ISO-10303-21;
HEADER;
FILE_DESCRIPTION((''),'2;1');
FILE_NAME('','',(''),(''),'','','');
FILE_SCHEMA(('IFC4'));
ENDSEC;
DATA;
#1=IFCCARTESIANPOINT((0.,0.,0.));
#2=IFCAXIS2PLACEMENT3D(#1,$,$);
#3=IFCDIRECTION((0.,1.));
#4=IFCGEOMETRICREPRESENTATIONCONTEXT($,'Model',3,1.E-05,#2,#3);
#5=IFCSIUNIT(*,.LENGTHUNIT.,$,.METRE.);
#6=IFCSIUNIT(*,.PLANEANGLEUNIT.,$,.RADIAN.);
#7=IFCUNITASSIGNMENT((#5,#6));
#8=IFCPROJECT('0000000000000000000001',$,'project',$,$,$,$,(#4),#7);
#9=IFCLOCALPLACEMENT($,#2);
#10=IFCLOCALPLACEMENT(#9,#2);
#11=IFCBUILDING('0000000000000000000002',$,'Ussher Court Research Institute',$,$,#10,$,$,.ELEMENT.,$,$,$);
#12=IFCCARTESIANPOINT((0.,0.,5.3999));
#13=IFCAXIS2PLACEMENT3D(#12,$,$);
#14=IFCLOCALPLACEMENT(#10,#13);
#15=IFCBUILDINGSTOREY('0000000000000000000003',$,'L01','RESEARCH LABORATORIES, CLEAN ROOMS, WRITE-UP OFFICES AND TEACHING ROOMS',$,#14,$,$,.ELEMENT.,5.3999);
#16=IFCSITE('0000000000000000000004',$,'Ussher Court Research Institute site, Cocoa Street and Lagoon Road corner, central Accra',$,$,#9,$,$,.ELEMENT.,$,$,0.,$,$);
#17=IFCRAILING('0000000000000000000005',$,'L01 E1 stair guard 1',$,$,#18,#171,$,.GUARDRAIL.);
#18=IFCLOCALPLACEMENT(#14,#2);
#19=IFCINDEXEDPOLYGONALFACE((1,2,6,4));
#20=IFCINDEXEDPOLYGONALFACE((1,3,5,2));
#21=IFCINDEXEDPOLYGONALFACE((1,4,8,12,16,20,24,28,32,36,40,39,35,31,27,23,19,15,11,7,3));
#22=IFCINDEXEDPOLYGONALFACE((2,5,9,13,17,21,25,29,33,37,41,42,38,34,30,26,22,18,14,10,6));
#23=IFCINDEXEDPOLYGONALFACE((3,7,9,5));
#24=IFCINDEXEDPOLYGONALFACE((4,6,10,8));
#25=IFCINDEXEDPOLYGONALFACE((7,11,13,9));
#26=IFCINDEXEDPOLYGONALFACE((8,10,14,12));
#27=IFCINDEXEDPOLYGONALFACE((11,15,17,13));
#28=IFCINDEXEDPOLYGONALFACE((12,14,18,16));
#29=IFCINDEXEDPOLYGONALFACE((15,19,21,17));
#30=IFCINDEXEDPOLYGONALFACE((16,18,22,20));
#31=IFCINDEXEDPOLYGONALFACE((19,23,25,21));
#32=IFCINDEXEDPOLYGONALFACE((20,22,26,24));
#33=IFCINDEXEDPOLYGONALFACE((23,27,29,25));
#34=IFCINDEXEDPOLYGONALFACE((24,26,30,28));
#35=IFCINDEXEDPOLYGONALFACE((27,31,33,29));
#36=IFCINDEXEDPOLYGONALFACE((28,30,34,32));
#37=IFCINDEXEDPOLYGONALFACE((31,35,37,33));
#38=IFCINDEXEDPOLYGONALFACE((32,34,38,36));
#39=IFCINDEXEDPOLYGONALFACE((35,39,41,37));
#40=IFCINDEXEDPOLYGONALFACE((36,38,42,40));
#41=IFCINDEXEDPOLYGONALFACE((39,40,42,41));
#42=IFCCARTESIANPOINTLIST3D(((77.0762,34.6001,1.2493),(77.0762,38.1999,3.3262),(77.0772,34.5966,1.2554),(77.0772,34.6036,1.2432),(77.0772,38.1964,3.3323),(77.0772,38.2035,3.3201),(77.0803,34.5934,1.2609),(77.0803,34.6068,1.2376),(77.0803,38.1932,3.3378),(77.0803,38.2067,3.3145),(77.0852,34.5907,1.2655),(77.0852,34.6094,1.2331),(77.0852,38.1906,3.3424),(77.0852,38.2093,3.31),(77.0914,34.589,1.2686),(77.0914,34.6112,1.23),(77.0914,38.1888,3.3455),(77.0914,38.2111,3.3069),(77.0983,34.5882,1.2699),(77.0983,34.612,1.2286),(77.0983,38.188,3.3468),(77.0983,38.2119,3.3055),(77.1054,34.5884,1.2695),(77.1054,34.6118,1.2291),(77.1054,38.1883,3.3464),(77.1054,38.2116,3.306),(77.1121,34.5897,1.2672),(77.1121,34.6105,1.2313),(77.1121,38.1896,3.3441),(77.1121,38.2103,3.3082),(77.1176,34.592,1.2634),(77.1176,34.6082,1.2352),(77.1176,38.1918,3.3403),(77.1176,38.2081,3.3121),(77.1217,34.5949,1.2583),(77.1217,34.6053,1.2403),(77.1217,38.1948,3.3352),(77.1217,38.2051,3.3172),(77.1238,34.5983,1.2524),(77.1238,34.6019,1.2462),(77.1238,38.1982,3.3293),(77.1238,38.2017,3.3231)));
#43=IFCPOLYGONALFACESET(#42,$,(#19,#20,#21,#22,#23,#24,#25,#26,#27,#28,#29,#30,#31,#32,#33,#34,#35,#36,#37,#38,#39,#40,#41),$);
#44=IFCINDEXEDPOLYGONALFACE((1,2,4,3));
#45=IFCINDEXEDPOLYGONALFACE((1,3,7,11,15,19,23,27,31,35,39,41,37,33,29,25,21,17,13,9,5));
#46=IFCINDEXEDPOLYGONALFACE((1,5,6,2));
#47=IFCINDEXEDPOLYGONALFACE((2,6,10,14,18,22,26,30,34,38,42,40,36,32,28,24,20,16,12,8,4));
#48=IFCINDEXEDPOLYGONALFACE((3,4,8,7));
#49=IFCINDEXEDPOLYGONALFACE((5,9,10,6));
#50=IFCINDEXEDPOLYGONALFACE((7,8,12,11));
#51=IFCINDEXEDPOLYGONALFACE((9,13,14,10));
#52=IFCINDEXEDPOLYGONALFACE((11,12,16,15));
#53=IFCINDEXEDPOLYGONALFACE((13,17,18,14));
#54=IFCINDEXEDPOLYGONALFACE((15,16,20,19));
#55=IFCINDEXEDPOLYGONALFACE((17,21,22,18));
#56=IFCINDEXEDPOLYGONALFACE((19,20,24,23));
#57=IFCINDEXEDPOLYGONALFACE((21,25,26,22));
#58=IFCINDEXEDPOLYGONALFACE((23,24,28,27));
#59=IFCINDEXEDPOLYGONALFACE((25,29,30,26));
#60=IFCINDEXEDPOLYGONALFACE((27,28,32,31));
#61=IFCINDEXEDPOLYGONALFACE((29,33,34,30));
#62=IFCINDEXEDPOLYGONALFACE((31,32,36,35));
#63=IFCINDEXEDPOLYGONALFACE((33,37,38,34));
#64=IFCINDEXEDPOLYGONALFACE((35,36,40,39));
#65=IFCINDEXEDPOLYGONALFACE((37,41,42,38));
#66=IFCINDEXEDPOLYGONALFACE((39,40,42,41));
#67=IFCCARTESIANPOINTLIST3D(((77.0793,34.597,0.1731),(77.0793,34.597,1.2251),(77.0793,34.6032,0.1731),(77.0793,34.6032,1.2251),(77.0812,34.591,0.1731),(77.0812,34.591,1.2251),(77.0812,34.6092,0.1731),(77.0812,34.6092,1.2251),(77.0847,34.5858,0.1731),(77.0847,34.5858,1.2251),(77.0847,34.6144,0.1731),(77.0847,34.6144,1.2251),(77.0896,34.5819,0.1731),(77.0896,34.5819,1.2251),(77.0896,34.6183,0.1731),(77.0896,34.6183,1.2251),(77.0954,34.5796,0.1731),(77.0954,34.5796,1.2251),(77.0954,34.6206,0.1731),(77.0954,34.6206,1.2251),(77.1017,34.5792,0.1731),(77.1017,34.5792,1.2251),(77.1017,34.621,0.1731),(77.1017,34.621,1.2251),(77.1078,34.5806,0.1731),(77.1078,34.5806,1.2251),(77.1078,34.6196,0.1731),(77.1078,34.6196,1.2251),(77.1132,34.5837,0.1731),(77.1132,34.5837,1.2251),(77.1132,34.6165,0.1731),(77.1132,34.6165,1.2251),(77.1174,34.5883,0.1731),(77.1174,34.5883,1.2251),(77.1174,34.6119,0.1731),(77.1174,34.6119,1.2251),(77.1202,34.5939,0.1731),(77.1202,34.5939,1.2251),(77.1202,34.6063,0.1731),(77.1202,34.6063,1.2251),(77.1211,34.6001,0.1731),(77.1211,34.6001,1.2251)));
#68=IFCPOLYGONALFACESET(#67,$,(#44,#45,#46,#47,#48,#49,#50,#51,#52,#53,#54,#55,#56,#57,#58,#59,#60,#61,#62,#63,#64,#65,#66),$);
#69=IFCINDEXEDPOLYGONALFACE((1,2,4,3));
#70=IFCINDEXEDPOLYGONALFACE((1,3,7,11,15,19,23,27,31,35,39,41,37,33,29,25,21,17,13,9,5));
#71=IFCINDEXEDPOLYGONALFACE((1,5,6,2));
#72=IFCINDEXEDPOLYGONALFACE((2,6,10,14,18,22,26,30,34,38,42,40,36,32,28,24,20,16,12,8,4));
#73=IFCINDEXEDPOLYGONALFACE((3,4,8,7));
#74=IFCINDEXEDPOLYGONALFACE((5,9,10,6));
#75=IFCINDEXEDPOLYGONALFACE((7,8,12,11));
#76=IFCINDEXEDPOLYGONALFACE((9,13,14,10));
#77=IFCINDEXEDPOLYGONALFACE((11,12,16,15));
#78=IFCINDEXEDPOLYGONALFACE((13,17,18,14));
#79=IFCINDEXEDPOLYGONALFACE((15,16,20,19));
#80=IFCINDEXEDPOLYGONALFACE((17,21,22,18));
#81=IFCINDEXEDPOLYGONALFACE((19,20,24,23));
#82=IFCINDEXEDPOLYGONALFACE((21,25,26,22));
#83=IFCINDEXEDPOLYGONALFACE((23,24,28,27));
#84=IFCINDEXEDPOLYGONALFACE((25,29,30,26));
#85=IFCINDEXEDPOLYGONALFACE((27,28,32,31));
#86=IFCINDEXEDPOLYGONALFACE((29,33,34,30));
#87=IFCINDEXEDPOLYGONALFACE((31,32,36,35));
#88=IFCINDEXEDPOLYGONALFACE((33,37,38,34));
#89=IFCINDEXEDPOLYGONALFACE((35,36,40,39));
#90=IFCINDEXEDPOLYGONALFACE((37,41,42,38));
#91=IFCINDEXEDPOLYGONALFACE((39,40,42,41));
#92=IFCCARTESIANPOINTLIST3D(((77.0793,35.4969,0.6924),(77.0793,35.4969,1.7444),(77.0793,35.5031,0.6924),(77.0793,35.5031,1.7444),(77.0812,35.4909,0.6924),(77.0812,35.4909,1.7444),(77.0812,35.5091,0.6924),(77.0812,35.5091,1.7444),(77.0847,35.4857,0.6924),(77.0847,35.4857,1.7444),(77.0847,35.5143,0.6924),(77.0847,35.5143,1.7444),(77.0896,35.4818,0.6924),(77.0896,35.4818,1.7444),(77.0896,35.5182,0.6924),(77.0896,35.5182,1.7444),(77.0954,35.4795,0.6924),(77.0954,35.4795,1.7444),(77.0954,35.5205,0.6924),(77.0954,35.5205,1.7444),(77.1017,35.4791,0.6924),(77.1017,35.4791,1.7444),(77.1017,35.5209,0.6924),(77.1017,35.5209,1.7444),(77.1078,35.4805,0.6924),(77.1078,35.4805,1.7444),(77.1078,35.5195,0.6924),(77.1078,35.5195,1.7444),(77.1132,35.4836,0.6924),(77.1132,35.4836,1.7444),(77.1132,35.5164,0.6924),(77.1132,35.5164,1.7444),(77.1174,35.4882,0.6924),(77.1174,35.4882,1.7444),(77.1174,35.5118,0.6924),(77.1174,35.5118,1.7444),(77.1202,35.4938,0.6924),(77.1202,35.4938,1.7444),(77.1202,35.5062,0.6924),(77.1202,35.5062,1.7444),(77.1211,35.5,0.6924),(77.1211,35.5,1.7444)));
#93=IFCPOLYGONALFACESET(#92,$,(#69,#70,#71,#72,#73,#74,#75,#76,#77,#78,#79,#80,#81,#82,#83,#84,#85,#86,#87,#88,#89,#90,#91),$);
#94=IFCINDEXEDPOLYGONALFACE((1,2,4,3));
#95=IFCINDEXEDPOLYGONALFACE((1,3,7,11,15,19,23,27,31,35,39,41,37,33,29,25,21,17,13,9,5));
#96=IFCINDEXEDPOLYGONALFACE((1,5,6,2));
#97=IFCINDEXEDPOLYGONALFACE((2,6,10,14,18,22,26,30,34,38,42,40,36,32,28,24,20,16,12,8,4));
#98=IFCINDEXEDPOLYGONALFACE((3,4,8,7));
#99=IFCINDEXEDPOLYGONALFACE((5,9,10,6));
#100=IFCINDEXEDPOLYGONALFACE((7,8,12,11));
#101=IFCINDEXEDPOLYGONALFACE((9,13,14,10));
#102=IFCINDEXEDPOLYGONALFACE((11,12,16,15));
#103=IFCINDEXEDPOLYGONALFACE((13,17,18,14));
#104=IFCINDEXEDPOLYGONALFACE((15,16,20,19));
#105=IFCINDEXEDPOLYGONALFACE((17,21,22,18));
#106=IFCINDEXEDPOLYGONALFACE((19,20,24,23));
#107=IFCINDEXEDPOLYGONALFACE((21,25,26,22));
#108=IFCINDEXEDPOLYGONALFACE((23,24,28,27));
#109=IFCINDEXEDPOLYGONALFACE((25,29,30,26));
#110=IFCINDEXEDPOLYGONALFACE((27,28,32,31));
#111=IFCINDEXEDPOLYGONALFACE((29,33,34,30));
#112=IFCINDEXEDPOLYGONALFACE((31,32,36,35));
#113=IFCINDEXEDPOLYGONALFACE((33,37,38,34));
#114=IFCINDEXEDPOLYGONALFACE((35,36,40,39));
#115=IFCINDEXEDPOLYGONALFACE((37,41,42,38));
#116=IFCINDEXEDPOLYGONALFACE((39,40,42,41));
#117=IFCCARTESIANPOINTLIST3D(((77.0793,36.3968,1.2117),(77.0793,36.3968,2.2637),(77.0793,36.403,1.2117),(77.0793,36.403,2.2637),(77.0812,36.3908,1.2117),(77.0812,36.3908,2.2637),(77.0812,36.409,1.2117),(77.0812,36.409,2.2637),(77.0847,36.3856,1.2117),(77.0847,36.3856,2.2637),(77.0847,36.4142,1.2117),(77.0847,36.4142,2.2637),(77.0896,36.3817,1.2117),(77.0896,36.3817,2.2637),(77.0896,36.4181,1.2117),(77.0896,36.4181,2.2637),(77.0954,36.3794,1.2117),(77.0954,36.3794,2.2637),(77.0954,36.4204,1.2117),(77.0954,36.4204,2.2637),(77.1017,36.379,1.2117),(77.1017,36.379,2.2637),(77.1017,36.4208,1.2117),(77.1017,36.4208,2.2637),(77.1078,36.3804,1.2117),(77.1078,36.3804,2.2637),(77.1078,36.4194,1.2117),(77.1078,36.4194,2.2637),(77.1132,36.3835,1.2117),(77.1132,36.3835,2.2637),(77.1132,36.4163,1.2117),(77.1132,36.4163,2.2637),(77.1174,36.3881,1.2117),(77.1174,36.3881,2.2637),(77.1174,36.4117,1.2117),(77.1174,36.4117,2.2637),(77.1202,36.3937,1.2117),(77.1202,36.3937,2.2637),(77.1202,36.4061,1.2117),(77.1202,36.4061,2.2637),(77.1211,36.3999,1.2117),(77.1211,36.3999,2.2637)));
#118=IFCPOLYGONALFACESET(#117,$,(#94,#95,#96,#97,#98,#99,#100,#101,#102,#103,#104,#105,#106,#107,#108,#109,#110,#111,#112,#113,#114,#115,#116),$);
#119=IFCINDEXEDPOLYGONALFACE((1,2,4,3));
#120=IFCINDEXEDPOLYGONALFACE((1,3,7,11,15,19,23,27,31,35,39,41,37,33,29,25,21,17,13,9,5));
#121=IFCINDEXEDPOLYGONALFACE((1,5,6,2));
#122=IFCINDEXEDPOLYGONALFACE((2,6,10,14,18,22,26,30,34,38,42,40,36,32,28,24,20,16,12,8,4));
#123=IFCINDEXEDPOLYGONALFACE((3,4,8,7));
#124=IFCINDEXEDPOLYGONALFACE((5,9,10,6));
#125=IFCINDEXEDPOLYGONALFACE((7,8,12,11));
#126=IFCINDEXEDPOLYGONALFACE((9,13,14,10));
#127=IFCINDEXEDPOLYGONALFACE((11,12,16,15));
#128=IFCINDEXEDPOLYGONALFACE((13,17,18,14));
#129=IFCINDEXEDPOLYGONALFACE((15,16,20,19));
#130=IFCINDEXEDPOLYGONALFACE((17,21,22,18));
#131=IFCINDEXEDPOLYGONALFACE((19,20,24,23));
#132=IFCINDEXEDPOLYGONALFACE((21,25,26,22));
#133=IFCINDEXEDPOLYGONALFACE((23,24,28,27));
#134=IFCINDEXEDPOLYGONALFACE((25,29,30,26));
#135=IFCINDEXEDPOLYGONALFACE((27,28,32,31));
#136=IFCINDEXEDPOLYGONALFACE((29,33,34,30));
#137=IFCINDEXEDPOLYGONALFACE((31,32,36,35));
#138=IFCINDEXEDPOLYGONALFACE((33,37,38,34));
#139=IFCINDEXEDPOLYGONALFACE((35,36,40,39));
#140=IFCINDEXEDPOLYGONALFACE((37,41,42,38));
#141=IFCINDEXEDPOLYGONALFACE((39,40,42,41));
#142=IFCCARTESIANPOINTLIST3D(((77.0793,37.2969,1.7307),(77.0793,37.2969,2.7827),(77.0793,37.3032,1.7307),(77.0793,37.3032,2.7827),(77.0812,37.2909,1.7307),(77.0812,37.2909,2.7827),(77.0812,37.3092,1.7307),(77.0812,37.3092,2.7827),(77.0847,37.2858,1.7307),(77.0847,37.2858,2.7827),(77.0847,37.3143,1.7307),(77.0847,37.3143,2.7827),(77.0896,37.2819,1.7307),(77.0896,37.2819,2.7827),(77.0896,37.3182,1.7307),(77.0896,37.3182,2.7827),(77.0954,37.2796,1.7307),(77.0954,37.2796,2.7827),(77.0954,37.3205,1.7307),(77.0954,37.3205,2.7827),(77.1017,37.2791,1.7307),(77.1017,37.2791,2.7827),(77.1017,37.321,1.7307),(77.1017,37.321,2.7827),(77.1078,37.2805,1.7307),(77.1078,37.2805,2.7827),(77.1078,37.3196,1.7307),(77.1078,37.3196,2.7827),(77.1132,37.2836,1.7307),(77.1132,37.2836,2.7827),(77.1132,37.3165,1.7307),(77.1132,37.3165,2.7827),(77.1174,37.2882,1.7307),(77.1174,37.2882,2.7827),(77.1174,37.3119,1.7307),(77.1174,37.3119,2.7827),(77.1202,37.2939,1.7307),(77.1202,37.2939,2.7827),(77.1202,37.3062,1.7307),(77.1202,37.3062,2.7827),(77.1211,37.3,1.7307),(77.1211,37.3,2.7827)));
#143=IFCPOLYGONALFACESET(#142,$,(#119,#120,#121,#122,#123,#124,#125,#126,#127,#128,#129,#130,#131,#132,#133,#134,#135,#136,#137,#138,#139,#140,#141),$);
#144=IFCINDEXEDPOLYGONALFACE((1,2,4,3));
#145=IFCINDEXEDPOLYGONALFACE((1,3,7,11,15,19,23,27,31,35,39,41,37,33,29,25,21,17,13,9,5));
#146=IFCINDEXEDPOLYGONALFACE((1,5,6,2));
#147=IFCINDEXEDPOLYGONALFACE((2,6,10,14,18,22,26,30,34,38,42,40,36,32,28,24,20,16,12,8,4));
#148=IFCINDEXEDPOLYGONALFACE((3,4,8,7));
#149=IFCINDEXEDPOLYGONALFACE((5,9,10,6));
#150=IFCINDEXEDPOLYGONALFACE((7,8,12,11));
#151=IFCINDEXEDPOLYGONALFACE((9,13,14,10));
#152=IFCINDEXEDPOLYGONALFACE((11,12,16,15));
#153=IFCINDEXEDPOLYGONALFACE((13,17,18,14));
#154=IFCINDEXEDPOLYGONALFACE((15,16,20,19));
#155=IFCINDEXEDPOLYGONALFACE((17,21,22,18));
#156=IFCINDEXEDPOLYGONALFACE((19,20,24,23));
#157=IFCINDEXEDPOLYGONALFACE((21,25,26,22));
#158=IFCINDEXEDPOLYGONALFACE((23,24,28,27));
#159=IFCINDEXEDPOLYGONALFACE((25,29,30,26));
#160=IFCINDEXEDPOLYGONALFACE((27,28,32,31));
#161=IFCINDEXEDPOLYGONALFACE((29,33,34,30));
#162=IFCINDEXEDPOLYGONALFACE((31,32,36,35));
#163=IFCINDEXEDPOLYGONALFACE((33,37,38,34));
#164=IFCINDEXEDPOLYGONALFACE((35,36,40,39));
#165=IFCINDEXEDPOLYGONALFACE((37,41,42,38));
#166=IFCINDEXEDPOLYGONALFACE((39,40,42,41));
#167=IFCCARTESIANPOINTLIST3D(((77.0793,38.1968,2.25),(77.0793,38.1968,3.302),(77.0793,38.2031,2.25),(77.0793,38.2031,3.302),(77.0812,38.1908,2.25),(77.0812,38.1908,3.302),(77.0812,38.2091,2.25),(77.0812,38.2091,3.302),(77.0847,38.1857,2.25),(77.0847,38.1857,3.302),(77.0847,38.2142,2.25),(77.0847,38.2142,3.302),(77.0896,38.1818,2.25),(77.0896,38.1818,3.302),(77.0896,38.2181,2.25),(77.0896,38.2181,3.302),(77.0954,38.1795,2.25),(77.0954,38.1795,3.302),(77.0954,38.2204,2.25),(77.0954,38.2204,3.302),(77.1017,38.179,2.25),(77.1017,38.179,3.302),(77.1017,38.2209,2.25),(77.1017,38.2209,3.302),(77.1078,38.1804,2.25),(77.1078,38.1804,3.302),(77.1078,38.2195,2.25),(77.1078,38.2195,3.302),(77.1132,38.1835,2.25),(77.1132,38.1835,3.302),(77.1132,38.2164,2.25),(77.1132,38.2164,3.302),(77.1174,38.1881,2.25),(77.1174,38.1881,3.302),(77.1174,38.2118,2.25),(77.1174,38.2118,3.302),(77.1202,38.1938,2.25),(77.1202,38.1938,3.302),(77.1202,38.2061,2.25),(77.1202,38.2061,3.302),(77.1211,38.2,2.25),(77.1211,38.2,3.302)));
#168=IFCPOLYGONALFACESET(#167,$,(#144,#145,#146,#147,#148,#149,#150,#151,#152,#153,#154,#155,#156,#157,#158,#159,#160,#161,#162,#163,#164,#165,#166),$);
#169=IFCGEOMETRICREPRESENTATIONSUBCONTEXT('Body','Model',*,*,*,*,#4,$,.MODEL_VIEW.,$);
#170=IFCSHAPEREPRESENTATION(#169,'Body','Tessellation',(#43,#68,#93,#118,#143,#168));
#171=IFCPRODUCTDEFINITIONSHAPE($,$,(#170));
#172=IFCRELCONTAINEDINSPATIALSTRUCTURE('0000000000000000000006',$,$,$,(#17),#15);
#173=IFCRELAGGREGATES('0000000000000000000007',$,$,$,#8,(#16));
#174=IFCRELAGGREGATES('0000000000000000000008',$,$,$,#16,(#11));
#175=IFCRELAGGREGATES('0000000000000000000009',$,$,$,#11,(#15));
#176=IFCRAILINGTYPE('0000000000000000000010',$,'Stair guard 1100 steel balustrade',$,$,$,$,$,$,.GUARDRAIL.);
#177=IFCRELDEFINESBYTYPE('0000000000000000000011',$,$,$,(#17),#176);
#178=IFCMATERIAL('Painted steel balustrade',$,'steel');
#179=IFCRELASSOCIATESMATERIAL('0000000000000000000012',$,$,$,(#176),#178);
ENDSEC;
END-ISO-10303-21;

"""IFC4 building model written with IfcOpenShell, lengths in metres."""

from ifc_helpers import new_model, si_unit, direction, frame, origin, origin_2d, place, context, subcontext, project, spatial, circle, extrude, material, type_object, element, save


model = new_model("IFC4")

# Units and contexts
model_context = context("Model", 3, precision=1e-05, world=origin(), true_north=direction((0.0, 1.0)))
body_context = subcontext(model_context, "Body", "Model", "MODEL_VIEW")
ifc_project = project(units=[si_unit("LENGTHUNIT", "METRE"), si_unit("PLANEANGLEUNIT", "RADIAN")], contexts=[model_context])

# Site, building, storey
site_placement = place(None, origin())
site = spatial("IfcSite", under=ifc_project, at=site_placement, Name="Ussher Court Research Institute site, Cocoa Street and Lagoon Road corner, central Accra", CompositionType="ELEMENT", RefElevation=0.0)
building_placement = place(site_placement, origin())
building = spatial("IfcBuilding", under=site, at=building_placement, Name="Ussher Court Research Institute", CompositionType="ELEMENT")
storey_placement = place(building_placement, frame((0.0, 0.0, 5.3999)))
storey = spatial("IfcBuildingStorey", under=building, at=storey_placement, Name="L01", Description="RESEARCH LABORATORIES, CLEAN ROOMS, WRITE-UP OFFICES AND TEACHING ROOMS", CompositionType="ELEMENT", Elevation=5.3999)

# Railing
ifc_material_1 = material(Name="Painted steel balustrade", Category="steel")
railing_type_1 = type_object("IfcRailingType", Name="Stair guard 1100 steel balustrade", PredefinedType="GUARDRAIL", material=ifc_material_1)
railing_1_placement = place(storey_placement, frame((77.1001, 34.6001, 0.1731)))
element("IfcRailing", 1, at=railing_1_placement, inside=storey, type_object=railing_type_1, Name="L01 E1 stair guard 1", PredefinedType="GUARDRAIL", context=body_context, shape_type="SweptSolid", body=[
    extrude(circle(Radius=0.0239, at=origin_2d()), frame((0.0, 0.0, 1.0762), z_axis=(0.0, 0.866179, 0.499734), x_axis=(-1.0, 0.0, 0.0)), (0.0, 0.0, 1.0), 4.156),
    extrude(circle(Radius=0.021, at=origin_2d()), origin(), (0.0, 0.0, 1.0), 1.052),
    extrude(circle(Radius=0.021, at=origin_2d()), frame((0.0, 0.8999, 0.5193)), (0.0, 0.0, 1.0), 1.052),
    extrude(circle(Radius=0.021, at=origin_2d()), frame((0.0, 1.7998, 1.0386)), (0.0, 0.0, 1.0), 1.052),
    extrude(circle(Radius=0.021, at=origin_2d()), frame((0.0, 2.7, 1.5576)), (0.0, 0.0, 1.0), 1.052),
    extrude(circle(Radius=0.021, at=origin_2d()), frame((0.0, 3.5999, 2.0769)), (0.0, 0.0, 1.0), 1.052),
])

save(model, "model.ifc")
